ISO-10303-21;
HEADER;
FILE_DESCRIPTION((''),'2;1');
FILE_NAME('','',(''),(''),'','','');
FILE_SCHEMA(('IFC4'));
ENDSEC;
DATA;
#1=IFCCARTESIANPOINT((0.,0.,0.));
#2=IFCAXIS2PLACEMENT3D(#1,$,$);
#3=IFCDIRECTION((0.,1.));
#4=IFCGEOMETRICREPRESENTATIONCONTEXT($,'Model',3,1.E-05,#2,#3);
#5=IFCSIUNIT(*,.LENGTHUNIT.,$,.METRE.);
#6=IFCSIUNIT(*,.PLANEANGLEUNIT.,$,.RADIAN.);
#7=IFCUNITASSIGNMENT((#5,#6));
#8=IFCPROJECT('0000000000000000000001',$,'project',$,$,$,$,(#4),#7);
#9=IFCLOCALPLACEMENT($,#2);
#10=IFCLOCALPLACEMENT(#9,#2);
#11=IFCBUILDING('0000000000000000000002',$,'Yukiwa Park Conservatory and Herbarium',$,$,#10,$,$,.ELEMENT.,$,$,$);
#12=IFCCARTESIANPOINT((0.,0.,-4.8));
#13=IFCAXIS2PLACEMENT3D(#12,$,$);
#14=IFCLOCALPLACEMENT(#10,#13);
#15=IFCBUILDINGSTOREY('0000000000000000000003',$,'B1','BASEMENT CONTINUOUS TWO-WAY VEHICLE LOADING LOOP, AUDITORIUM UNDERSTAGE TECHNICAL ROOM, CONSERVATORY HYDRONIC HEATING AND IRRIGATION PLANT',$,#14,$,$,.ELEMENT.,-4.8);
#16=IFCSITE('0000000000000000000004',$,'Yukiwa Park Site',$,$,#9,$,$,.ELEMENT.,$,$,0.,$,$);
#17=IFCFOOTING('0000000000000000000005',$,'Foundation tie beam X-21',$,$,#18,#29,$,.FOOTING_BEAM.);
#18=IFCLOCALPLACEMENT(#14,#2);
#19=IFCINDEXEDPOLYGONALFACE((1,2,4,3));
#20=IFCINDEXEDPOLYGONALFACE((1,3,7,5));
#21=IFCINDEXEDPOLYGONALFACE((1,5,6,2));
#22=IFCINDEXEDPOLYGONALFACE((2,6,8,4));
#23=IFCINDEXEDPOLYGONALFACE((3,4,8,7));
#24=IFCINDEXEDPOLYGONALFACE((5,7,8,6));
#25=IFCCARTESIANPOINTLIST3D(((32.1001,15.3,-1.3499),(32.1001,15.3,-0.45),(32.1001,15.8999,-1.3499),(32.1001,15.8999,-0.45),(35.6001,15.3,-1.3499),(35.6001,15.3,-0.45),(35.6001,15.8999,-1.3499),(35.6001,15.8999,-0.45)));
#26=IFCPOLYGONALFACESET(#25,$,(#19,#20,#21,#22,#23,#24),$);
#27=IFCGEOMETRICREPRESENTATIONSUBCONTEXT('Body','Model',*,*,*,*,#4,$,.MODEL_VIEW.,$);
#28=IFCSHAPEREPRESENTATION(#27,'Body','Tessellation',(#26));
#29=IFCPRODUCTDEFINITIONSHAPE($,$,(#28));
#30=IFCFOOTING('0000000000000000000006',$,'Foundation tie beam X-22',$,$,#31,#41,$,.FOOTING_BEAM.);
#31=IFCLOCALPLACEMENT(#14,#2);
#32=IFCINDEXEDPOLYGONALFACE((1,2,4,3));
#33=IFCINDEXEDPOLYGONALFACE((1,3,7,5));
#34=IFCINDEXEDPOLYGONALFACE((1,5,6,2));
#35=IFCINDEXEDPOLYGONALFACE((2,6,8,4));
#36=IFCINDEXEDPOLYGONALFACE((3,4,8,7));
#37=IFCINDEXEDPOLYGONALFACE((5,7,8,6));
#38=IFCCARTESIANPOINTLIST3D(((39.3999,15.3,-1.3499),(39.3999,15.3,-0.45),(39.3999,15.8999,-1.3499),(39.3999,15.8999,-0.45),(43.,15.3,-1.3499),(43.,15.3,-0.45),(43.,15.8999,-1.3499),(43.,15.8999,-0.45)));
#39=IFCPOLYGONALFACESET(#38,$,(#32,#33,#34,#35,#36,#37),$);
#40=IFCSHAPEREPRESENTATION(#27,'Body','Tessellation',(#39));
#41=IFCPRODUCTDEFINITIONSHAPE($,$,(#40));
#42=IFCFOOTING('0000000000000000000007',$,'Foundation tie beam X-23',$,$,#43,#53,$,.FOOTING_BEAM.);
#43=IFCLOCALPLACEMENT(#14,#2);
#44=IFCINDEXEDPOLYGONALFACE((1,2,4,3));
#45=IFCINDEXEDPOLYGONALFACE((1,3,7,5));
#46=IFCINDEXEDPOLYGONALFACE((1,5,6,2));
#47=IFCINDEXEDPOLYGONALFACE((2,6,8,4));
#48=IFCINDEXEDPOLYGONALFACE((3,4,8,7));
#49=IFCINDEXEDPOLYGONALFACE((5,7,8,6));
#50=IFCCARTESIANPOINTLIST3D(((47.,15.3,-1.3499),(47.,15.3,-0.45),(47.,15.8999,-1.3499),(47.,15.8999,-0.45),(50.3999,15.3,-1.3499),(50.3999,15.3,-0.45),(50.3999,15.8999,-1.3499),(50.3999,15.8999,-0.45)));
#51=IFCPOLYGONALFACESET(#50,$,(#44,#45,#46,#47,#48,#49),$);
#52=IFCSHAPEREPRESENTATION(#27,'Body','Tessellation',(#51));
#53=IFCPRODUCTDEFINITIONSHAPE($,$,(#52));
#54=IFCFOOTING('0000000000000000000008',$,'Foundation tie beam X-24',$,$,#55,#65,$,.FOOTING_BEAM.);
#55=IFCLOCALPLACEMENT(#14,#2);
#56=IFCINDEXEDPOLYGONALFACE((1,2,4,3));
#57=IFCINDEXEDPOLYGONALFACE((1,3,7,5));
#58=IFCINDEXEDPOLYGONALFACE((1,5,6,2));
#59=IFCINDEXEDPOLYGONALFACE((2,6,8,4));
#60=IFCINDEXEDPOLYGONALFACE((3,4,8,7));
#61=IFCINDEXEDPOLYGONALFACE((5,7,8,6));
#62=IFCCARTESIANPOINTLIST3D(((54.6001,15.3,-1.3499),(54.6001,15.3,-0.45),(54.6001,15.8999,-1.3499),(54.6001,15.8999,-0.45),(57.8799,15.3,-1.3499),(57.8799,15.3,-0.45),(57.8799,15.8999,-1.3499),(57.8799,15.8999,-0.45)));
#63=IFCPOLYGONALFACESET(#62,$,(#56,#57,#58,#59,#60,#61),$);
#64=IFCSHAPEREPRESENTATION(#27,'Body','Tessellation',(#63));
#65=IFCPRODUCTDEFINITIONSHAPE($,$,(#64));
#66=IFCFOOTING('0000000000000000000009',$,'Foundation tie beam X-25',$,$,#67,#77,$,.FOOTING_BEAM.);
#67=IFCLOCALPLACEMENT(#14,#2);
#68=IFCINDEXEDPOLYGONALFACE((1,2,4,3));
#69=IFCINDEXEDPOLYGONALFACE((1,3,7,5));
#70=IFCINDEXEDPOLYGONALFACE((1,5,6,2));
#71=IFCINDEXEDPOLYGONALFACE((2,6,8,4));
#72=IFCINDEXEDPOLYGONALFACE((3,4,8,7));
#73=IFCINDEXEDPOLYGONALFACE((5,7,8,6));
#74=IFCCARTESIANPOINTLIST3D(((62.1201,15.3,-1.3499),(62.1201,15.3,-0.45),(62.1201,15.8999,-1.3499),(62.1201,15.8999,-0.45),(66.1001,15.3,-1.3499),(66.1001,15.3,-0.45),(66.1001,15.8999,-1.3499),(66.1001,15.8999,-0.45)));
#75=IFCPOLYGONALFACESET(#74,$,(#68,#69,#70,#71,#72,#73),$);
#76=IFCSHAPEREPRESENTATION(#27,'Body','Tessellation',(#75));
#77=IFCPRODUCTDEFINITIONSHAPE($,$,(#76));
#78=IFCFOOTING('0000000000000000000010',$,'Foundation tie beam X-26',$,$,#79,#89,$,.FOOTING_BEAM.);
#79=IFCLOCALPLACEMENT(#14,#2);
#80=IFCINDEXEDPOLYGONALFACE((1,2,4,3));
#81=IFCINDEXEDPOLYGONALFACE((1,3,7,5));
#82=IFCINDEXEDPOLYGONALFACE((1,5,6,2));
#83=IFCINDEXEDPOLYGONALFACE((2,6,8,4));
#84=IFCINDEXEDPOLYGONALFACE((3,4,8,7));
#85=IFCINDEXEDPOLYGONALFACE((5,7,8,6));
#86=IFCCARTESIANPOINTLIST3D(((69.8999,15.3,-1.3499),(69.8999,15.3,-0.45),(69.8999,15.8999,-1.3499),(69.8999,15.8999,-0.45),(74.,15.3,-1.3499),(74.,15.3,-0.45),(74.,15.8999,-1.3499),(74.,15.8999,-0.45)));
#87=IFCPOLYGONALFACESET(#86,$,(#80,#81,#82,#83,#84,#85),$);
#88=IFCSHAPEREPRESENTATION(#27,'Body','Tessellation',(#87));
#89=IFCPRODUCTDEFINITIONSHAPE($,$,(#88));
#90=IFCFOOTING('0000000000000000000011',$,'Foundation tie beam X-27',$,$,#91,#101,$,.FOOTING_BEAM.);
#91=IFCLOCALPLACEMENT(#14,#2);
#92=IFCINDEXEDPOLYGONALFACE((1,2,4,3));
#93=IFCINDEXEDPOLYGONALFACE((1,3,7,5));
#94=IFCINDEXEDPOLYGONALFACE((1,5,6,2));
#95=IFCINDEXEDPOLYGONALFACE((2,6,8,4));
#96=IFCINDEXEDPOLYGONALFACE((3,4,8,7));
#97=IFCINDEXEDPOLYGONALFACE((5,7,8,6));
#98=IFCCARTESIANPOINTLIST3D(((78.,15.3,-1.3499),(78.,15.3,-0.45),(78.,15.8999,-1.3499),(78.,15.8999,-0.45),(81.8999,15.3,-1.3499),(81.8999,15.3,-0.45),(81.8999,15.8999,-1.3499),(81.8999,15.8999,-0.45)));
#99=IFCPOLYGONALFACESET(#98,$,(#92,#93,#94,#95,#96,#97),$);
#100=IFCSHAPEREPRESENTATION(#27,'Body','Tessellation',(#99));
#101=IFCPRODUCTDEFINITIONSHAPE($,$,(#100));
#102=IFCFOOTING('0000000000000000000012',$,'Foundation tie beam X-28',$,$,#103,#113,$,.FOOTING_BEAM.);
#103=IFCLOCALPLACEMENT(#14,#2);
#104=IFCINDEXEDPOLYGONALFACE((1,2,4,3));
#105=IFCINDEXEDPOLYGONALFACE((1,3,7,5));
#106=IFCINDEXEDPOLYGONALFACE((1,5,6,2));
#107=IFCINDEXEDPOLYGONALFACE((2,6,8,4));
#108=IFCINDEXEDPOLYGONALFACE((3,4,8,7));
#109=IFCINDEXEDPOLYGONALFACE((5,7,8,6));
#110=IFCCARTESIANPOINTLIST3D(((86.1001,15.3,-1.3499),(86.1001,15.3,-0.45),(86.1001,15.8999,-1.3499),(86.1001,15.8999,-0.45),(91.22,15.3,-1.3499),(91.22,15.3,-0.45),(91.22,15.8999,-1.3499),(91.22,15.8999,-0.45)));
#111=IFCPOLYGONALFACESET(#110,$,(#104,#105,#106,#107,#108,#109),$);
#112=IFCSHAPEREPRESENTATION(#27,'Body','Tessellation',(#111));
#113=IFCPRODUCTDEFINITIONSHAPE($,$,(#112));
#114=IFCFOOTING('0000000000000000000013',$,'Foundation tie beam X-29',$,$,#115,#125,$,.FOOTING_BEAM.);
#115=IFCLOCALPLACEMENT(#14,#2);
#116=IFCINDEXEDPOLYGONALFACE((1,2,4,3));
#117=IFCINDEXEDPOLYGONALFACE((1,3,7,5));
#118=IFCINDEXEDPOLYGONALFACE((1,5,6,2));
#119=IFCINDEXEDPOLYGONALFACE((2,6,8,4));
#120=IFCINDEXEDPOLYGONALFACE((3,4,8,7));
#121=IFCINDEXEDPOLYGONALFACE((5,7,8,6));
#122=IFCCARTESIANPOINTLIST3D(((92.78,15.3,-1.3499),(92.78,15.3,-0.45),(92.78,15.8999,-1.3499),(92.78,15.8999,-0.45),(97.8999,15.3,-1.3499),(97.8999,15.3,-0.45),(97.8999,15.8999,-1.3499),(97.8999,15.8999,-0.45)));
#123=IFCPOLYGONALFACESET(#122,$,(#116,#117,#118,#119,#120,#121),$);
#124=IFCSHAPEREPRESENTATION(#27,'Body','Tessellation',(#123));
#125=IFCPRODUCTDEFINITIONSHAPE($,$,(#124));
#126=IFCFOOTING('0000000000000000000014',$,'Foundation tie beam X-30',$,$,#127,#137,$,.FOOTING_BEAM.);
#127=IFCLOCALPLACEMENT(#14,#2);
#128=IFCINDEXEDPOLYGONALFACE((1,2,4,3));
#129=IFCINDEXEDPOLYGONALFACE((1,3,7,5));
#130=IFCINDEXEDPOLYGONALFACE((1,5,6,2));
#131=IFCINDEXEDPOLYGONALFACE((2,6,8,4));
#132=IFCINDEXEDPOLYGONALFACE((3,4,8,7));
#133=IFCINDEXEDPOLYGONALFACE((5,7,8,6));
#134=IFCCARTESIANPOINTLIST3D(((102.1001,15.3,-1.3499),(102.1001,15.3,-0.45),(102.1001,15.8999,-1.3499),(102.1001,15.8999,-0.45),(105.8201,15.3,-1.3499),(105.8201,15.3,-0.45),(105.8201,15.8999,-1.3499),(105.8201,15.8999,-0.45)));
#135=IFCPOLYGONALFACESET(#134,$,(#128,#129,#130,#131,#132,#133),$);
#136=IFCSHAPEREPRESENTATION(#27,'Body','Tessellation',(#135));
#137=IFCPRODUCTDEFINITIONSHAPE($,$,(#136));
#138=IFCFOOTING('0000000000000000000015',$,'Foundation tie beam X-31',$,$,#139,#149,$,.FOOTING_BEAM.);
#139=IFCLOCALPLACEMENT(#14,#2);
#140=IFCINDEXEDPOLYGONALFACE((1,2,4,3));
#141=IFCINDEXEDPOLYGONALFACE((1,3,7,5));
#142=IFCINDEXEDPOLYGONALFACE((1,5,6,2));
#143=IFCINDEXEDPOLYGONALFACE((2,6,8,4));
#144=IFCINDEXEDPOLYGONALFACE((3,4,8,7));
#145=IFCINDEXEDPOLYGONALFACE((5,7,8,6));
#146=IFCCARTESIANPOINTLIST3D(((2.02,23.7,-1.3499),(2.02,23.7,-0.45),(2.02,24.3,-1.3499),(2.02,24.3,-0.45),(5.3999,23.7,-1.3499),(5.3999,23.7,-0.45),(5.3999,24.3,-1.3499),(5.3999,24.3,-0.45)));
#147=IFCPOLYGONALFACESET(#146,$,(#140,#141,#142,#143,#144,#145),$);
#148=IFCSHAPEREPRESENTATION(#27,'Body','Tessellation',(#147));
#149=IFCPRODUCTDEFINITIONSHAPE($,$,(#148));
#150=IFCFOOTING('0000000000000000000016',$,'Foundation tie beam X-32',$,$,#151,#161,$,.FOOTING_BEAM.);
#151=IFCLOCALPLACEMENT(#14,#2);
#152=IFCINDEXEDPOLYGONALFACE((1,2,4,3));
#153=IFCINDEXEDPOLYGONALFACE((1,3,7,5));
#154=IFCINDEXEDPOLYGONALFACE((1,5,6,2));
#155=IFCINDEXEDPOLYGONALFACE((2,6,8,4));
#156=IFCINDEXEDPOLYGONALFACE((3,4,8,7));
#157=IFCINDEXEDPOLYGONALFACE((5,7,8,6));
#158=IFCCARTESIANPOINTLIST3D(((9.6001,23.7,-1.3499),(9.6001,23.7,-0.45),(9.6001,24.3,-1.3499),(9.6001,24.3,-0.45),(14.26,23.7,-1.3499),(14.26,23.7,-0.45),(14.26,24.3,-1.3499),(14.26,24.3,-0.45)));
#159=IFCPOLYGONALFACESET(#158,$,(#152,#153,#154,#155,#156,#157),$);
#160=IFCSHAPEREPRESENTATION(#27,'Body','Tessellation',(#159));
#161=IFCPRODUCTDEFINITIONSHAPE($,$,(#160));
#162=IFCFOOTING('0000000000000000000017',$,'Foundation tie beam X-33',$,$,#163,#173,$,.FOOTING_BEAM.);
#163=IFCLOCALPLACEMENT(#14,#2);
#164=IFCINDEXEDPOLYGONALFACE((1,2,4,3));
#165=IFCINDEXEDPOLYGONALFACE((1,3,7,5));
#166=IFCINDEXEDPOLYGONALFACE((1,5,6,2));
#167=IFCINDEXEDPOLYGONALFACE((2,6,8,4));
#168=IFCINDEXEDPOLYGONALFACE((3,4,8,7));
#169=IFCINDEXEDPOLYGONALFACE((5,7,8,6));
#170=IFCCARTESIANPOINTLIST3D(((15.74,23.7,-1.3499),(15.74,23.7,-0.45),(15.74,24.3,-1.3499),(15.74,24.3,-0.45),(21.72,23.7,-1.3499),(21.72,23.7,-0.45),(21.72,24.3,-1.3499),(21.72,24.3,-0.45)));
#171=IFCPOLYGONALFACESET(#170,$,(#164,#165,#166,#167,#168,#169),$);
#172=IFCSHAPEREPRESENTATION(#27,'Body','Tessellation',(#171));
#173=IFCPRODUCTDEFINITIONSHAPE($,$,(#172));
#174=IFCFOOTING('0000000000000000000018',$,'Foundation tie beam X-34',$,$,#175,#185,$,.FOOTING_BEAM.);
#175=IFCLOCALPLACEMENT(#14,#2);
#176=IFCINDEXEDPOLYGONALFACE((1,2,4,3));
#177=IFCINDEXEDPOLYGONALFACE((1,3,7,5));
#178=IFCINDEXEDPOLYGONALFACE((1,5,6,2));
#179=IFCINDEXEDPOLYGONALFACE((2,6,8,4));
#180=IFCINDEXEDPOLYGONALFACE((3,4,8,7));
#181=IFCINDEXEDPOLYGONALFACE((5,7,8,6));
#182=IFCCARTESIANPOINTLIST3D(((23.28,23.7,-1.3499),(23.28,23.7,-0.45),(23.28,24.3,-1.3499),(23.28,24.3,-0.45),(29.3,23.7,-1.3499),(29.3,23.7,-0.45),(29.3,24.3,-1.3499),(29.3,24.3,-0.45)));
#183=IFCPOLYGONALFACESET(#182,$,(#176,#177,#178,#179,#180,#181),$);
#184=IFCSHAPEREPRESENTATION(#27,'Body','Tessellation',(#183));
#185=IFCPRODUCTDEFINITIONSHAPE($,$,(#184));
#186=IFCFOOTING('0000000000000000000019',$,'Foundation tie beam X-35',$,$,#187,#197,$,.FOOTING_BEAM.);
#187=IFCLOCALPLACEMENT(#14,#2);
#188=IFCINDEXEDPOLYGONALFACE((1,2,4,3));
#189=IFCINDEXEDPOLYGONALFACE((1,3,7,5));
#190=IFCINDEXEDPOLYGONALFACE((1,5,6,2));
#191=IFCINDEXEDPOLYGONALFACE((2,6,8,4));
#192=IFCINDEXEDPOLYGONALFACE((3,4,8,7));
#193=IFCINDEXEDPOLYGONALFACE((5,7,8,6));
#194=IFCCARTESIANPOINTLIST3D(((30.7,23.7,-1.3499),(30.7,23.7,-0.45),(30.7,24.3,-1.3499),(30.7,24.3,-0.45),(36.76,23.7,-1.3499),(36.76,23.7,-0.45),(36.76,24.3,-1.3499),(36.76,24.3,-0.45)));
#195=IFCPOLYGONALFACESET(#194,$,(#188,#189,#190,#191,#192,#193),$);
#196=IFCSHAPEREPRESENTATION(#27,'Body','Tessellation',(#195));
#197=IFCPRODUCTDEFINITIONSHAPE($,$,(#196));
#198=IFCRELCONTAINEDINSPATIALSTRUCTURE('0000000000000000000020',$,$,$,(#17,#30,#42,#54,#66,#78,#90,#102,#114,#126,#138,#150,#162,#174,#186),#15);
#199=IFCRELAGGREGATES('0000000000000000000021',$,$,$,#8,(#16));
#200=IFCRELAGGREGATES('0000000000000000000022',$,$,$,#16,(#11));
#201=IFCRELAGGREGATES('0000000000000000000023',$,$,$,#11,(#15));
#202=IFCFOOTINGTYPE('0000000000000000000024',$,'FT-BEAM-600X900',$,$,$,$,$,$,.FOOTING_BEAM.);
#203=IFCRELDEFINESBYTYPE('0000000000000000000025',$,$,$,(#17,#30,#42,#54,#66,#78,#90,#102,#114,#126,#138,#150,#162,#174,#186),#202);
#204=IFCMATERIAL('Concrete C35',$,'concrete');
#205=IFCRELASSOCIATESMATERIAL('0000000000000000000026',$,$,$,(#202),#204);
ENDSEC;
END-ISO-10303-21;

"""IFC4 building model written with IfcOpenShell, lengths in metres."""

from ifc_helpers import new_model, si_unit, direction, frame, origin, place, context, subcontext, project, spatial, polyline, outline, extrude, material, type_object, element, save


model = new_model("IFC4")

# Units and contexts
model_context = context("Model", 3, precision=1e-05, world=origin(), true_north=direction((0.0, 1.0)))
body_context = subcontext(model_context, "Body", "Model", "MODEL_VIEW")
ifc_project = project(units=[si_unit("LENGTHUNIT", "METRE"), si_unit("PLANEANGLEUNIT", "RADIAN")], contexts=[model_context])

# Site, building, storey
site_placement = place(None, origin())
site = spatial("IfcSite", under=ifc_project, at=site_placement, Name="Yukiwa Park Site", CompositionType="ELEMENT", RefElevation=0.0)
building_placement = place(site_placement, origin())
building = spatial("IfcBuilding", under=site, at=building_placement, Name="Yukiwa Park Conservatory and Herbarium", CompositionType="ELEMENT")
storey_placement = place(building_placement, frame((0.0, 0.0, -4.8)))
storey = spatial("IfcBuildingStorey", under=building, at=storey_placement, Name="B1", Description="BASEMENT CONTINUOUS TWO-WAY VEHICLE LOADING LOOP, AUDITORIUM UNDERSTAGE TECHNICAL ROOM, CONSERVATORY HYDRONIC HEATING AND IRRIGATION PLANT", CompositionType="ELEMENT", Elevation=-4.8)

# Footings
ifc_material = material(Name="Concrete C35", Category="concrete")
footing_type = type_object("IfcFootingType", Name="FT-BEAM-600X900", PredefinedType="FOOTING_BEAM", material=ifc_material)
footing_1_placement = place(storey_placement, frame((0.0, 0.0, -1.3499)))
element("IfcFooting", 1, at=footing_1_placement, inside=storey, type_object=footing_type, Name="Foundation tie beam X-21", PredefinedType="FOOTING_BEAM", context=body_context, shape_type="SweptSolid", body=[
    extrude(outline(polyline([(32.1001, 15.3), (35.6001, 15.3), (35.6001, 15.8999), (32.1001, 15.8999), (32.1001, 15.3)])), origin(), (0.0, 0.0, 1.0), 0.8999),
])
footing_2_placement = place(storey_placement, frame((0.0, 0.0, -1.3499)))
element("IfcFooting", 2, at=footing_2_placement, inside=storey, type_object=footing_type, Name="Foundation tie beam X-22", PredefinedType="FOOTING_BEAM", context=body_context, shape_type="SweptSolid", body=[
    extrude(outline(polyline([(39.3999, 15.3), (43.0, 15.3), (43.0, 15.8999), (39.3999, 15.8999), (39.3999, 15.3)])), origin(), (0.0, 0.0, 1.0), 0.8999),
])
footing_3_placement = place(storey_placement, frame((0.0, 0.0, -1.3499)))
element("IfcFooting", 3, at=footing_3_placement, inside=storey, type_object=footing_type, Name="Foundation tie beam X-23", PredefinedType="FOOTING_BEAM", context=body_context, shape_type="SweptSolid", body=[
    extrude(outline(polyline([(47.0, 15.3), (50.3999, 15.3), (50.3999, 15.8999), (47.0, 15.8999), (47.0, 15.3)])), origin(), (0.0, 0.0, 1.0), 0.8999),
])
footing_4_placement = place(storey_placement, frame((0.0, 0.0, -1.3499)))
element("IfcFooting", 4, at=footing_4_placement, inside=storey, type_object=footing_type, Name="Foundation tie beam X-24", PredefinedType="FOOTING_BEAM", context=body_context, shape_type="SweptSolid", body=[
    extrude(outline(polyline([(54.6001, 15.3), (57.8799, 15.3), (57.8799, 15.8999), (54.6001, 15.8999), (54.6001, 15.3)])), origin(), (0.0, 0.0, 1.0), 0.8999),
])
footing_5_placement = place(storey_placement, frame((0.0, 0.0, -1.3499)))
element("IfcFooting", 5, at=footing_5_placement, inside=storey, type_object=footing_type, Name="Foundation tie beam X-25", PredefinedType="FOOTING_BEAM", context=body_context, shape_type="SweptSolid", body=[
    extrude(outline(polyline([(62.1201, 15.3), (66.1001, 15.3), (66.1001, 15.8999), (62.1201, 15.8999), (62.1201, 15.3)])), origin(), (0.0, 0.0, 1.0), 0.8999),
])
footing_6_placement = place(storey_placement, frame((0.0, 0.0, -1.3499)))
element("IfcFooting", 6, at=footing_6_placement, inside=storey, type_object=footing_type, Name="Foundation tie beam X-26", PredefinedType="FOOTING_BEAM", context=body_context, shape_type="SweptSolid", body=[
    extrude(outline(polyline([(69.8999, 15.3), (74.0, 15.3), (74.0, 15.8999), (69.8999, 15.8999), (69.8999, 15.3)])), origin(), (0.0, 0.0, 1.0), 0.8999),
])
footing_7_placement = place(storey_placement, frame((0.0, 0.0, -1.3499)))
element("IfcFooting", 7, at=footing_7_placement, inside=storey, type_object=footing_type, Name="Foundation tie beam X-27", PredefinedType="FOOTING_BEAM", context=body_context, shape_type="SweptSolid", body=[
    extrude(outline(polyline([(78.0, 15.3), (81.8999, 15.3), (81.8999, 15.8999), (78.0, 15.8999), (78.0, 15.3)])), origin(), (0.0, 0.0, 1.0), 0.8999),
])
footing_8_placement = place(storey_placement, frame((0.0, 0.0, -1.3499)))
element("IfcFooting", 8, at=footing_8_placement, inside=storey, type_object=footing_type, Name="Foundation tie beam X-28", PredefinedType="FOOTING_BEAM", context=body_context, shape_type="SweptSolid", body=[
    extrude(outline(polyline([(86.1001, 15.3), (91.22, 15.3), (91.22, 15.8999), (86.1001, 15.8999), (86.1001, 15.3)])), origin(), (0.0, 0.0, 1.0), 0.8999),
])
footing_9_placement = place(storey_placement, frame((0.0, 0.0, -1.3499)))
element("IfcFooting", 9, at=footing_9_placement, inside=storey, type_object=footing_type, Name="Foundation tie beam X-29", PredefinedType="FOOTING_BEAM", context=body_context, shape_type="SweptSolid", body=[
    extrude(outline(polyline([(92.78, 15.3), (97.8999, 15.3), (97.8999, 15.8999), (92.78, 15.8999), (92.78, 15.3)])), origin(), (0.0, 0.0, 1.0), 0.8999),
])
footing_10_placement = place(storey_placement, frame((0.0, 0.0, -1.3499)))
element("IfcFooting", 10, at=footing_10_placement, inside=storey, type_object=footing_type, Name="Foundation tie beam X-30", PredefinedType="FOOTING_BEAM", context=body_context, shape_type="SweptSolid", body=[
    extrude(outline(polyline([(102.1001, 15.3), (105.8201, 15.3), (105.8201, 15.8999), (102.1001, 15.8999), (102.1001, 15.3)])), origin(), (0.0, 0.0, 1.0), 0.8999),
])
footing_11_placement = place(storey_placement, frame((0.0, 0.0, -1.3499)))
element("IfcFooting", 11, at=footing_11_placement, inside=storey, type_object=footing_type, Name="Foundation tie beam X-31", PredefinedType="FOOTING_BEAM", context=body_context, shape_type="SweptSolid", body=[
    extrude(outline(polyline([(2.02, 23.7), (5.3999, 23.7), (5.3999, 24.3), (2.02, 24.3), (2.02, 23.7)])), origin(), (0.0, 0.0, 1.0), 0.8999),
])
footing_12_placement = place(storey_placement, frame((0.0, 0.0, -1.3499)))
element("IfcFooting", 12, at=footing_12_placement, inside=storey, type_object=footing_type, Name="Foundation tie beam X-32", PredefinedType="FOOTING_BEAM", context=body_context, shape_type="SweptSolid", body=[
    extrude(outline(polyline([(9.6001, 23.7), (14.26, 23.7), (14.26, 24.3), (9.6001, 24.3), (9.6001, 23.7)])), origin(), (0.0, 0.0, 1.0), 0.8999),
])
footing_13_placement = place(storey_placement, frame((0.0, 0.0, -1.3499)))
element("IfcFooting", 13, at=footing_13_placement, inside=storey, type_object=footing_type, Name="Foundation tie beam X-33", PredefinedType="FOOTING_BEAM", context=body_context, shape_type="SweptSolid", body=[
    extrude(outline(polyline([(15.74, 23.7), (21.72, 23.7), (21.72, 24.3), (15.74, 24.3), (15.74, 23.7)])), origin(), (0.0, 0.0, 1.0), 0.8999),
])
footing_14_placement = place(storey_placement, frame((0.0, 0.0, -1.3499)))
element("IfcFooting", 14, at=footing_14_placement, inside=storey, type_object=footing_type, Name="Foundation tie beam X-34", PredefinedType="FOOTING_BEAM", context=body_context, shape_type="SweptSolid", body=[
    extrude(outline(polyline([(23.28, 23.7), (29.3, 23.7), (29.3, 24.3), (23.28, 24.3), (23.28, 23.7)])), origin(), (0.0, 0.0, 1.0), 0.8999),
])
footing_15_placement = place(storey_placement, frame((0.0, 0.0, -1.3499)))
element("IfcFooting", 15, at=footing_15_placement, inside=storey, type_object=footing_type, Name="Foundation tie beam X-35", PredefinedType="FOOTING_BEAM", context=body_context, shape_type="SweptSolid", body=[
    extrude(outline(polyline([(30.7, 23.7), (36.76, 23.7), (36.76, 24.3), (30.7, 24.3), (30.7, 23.7)])), origin(), (0.0, 0.0, 1.0), 0.8999),
])

save(model, "model.ifc")
